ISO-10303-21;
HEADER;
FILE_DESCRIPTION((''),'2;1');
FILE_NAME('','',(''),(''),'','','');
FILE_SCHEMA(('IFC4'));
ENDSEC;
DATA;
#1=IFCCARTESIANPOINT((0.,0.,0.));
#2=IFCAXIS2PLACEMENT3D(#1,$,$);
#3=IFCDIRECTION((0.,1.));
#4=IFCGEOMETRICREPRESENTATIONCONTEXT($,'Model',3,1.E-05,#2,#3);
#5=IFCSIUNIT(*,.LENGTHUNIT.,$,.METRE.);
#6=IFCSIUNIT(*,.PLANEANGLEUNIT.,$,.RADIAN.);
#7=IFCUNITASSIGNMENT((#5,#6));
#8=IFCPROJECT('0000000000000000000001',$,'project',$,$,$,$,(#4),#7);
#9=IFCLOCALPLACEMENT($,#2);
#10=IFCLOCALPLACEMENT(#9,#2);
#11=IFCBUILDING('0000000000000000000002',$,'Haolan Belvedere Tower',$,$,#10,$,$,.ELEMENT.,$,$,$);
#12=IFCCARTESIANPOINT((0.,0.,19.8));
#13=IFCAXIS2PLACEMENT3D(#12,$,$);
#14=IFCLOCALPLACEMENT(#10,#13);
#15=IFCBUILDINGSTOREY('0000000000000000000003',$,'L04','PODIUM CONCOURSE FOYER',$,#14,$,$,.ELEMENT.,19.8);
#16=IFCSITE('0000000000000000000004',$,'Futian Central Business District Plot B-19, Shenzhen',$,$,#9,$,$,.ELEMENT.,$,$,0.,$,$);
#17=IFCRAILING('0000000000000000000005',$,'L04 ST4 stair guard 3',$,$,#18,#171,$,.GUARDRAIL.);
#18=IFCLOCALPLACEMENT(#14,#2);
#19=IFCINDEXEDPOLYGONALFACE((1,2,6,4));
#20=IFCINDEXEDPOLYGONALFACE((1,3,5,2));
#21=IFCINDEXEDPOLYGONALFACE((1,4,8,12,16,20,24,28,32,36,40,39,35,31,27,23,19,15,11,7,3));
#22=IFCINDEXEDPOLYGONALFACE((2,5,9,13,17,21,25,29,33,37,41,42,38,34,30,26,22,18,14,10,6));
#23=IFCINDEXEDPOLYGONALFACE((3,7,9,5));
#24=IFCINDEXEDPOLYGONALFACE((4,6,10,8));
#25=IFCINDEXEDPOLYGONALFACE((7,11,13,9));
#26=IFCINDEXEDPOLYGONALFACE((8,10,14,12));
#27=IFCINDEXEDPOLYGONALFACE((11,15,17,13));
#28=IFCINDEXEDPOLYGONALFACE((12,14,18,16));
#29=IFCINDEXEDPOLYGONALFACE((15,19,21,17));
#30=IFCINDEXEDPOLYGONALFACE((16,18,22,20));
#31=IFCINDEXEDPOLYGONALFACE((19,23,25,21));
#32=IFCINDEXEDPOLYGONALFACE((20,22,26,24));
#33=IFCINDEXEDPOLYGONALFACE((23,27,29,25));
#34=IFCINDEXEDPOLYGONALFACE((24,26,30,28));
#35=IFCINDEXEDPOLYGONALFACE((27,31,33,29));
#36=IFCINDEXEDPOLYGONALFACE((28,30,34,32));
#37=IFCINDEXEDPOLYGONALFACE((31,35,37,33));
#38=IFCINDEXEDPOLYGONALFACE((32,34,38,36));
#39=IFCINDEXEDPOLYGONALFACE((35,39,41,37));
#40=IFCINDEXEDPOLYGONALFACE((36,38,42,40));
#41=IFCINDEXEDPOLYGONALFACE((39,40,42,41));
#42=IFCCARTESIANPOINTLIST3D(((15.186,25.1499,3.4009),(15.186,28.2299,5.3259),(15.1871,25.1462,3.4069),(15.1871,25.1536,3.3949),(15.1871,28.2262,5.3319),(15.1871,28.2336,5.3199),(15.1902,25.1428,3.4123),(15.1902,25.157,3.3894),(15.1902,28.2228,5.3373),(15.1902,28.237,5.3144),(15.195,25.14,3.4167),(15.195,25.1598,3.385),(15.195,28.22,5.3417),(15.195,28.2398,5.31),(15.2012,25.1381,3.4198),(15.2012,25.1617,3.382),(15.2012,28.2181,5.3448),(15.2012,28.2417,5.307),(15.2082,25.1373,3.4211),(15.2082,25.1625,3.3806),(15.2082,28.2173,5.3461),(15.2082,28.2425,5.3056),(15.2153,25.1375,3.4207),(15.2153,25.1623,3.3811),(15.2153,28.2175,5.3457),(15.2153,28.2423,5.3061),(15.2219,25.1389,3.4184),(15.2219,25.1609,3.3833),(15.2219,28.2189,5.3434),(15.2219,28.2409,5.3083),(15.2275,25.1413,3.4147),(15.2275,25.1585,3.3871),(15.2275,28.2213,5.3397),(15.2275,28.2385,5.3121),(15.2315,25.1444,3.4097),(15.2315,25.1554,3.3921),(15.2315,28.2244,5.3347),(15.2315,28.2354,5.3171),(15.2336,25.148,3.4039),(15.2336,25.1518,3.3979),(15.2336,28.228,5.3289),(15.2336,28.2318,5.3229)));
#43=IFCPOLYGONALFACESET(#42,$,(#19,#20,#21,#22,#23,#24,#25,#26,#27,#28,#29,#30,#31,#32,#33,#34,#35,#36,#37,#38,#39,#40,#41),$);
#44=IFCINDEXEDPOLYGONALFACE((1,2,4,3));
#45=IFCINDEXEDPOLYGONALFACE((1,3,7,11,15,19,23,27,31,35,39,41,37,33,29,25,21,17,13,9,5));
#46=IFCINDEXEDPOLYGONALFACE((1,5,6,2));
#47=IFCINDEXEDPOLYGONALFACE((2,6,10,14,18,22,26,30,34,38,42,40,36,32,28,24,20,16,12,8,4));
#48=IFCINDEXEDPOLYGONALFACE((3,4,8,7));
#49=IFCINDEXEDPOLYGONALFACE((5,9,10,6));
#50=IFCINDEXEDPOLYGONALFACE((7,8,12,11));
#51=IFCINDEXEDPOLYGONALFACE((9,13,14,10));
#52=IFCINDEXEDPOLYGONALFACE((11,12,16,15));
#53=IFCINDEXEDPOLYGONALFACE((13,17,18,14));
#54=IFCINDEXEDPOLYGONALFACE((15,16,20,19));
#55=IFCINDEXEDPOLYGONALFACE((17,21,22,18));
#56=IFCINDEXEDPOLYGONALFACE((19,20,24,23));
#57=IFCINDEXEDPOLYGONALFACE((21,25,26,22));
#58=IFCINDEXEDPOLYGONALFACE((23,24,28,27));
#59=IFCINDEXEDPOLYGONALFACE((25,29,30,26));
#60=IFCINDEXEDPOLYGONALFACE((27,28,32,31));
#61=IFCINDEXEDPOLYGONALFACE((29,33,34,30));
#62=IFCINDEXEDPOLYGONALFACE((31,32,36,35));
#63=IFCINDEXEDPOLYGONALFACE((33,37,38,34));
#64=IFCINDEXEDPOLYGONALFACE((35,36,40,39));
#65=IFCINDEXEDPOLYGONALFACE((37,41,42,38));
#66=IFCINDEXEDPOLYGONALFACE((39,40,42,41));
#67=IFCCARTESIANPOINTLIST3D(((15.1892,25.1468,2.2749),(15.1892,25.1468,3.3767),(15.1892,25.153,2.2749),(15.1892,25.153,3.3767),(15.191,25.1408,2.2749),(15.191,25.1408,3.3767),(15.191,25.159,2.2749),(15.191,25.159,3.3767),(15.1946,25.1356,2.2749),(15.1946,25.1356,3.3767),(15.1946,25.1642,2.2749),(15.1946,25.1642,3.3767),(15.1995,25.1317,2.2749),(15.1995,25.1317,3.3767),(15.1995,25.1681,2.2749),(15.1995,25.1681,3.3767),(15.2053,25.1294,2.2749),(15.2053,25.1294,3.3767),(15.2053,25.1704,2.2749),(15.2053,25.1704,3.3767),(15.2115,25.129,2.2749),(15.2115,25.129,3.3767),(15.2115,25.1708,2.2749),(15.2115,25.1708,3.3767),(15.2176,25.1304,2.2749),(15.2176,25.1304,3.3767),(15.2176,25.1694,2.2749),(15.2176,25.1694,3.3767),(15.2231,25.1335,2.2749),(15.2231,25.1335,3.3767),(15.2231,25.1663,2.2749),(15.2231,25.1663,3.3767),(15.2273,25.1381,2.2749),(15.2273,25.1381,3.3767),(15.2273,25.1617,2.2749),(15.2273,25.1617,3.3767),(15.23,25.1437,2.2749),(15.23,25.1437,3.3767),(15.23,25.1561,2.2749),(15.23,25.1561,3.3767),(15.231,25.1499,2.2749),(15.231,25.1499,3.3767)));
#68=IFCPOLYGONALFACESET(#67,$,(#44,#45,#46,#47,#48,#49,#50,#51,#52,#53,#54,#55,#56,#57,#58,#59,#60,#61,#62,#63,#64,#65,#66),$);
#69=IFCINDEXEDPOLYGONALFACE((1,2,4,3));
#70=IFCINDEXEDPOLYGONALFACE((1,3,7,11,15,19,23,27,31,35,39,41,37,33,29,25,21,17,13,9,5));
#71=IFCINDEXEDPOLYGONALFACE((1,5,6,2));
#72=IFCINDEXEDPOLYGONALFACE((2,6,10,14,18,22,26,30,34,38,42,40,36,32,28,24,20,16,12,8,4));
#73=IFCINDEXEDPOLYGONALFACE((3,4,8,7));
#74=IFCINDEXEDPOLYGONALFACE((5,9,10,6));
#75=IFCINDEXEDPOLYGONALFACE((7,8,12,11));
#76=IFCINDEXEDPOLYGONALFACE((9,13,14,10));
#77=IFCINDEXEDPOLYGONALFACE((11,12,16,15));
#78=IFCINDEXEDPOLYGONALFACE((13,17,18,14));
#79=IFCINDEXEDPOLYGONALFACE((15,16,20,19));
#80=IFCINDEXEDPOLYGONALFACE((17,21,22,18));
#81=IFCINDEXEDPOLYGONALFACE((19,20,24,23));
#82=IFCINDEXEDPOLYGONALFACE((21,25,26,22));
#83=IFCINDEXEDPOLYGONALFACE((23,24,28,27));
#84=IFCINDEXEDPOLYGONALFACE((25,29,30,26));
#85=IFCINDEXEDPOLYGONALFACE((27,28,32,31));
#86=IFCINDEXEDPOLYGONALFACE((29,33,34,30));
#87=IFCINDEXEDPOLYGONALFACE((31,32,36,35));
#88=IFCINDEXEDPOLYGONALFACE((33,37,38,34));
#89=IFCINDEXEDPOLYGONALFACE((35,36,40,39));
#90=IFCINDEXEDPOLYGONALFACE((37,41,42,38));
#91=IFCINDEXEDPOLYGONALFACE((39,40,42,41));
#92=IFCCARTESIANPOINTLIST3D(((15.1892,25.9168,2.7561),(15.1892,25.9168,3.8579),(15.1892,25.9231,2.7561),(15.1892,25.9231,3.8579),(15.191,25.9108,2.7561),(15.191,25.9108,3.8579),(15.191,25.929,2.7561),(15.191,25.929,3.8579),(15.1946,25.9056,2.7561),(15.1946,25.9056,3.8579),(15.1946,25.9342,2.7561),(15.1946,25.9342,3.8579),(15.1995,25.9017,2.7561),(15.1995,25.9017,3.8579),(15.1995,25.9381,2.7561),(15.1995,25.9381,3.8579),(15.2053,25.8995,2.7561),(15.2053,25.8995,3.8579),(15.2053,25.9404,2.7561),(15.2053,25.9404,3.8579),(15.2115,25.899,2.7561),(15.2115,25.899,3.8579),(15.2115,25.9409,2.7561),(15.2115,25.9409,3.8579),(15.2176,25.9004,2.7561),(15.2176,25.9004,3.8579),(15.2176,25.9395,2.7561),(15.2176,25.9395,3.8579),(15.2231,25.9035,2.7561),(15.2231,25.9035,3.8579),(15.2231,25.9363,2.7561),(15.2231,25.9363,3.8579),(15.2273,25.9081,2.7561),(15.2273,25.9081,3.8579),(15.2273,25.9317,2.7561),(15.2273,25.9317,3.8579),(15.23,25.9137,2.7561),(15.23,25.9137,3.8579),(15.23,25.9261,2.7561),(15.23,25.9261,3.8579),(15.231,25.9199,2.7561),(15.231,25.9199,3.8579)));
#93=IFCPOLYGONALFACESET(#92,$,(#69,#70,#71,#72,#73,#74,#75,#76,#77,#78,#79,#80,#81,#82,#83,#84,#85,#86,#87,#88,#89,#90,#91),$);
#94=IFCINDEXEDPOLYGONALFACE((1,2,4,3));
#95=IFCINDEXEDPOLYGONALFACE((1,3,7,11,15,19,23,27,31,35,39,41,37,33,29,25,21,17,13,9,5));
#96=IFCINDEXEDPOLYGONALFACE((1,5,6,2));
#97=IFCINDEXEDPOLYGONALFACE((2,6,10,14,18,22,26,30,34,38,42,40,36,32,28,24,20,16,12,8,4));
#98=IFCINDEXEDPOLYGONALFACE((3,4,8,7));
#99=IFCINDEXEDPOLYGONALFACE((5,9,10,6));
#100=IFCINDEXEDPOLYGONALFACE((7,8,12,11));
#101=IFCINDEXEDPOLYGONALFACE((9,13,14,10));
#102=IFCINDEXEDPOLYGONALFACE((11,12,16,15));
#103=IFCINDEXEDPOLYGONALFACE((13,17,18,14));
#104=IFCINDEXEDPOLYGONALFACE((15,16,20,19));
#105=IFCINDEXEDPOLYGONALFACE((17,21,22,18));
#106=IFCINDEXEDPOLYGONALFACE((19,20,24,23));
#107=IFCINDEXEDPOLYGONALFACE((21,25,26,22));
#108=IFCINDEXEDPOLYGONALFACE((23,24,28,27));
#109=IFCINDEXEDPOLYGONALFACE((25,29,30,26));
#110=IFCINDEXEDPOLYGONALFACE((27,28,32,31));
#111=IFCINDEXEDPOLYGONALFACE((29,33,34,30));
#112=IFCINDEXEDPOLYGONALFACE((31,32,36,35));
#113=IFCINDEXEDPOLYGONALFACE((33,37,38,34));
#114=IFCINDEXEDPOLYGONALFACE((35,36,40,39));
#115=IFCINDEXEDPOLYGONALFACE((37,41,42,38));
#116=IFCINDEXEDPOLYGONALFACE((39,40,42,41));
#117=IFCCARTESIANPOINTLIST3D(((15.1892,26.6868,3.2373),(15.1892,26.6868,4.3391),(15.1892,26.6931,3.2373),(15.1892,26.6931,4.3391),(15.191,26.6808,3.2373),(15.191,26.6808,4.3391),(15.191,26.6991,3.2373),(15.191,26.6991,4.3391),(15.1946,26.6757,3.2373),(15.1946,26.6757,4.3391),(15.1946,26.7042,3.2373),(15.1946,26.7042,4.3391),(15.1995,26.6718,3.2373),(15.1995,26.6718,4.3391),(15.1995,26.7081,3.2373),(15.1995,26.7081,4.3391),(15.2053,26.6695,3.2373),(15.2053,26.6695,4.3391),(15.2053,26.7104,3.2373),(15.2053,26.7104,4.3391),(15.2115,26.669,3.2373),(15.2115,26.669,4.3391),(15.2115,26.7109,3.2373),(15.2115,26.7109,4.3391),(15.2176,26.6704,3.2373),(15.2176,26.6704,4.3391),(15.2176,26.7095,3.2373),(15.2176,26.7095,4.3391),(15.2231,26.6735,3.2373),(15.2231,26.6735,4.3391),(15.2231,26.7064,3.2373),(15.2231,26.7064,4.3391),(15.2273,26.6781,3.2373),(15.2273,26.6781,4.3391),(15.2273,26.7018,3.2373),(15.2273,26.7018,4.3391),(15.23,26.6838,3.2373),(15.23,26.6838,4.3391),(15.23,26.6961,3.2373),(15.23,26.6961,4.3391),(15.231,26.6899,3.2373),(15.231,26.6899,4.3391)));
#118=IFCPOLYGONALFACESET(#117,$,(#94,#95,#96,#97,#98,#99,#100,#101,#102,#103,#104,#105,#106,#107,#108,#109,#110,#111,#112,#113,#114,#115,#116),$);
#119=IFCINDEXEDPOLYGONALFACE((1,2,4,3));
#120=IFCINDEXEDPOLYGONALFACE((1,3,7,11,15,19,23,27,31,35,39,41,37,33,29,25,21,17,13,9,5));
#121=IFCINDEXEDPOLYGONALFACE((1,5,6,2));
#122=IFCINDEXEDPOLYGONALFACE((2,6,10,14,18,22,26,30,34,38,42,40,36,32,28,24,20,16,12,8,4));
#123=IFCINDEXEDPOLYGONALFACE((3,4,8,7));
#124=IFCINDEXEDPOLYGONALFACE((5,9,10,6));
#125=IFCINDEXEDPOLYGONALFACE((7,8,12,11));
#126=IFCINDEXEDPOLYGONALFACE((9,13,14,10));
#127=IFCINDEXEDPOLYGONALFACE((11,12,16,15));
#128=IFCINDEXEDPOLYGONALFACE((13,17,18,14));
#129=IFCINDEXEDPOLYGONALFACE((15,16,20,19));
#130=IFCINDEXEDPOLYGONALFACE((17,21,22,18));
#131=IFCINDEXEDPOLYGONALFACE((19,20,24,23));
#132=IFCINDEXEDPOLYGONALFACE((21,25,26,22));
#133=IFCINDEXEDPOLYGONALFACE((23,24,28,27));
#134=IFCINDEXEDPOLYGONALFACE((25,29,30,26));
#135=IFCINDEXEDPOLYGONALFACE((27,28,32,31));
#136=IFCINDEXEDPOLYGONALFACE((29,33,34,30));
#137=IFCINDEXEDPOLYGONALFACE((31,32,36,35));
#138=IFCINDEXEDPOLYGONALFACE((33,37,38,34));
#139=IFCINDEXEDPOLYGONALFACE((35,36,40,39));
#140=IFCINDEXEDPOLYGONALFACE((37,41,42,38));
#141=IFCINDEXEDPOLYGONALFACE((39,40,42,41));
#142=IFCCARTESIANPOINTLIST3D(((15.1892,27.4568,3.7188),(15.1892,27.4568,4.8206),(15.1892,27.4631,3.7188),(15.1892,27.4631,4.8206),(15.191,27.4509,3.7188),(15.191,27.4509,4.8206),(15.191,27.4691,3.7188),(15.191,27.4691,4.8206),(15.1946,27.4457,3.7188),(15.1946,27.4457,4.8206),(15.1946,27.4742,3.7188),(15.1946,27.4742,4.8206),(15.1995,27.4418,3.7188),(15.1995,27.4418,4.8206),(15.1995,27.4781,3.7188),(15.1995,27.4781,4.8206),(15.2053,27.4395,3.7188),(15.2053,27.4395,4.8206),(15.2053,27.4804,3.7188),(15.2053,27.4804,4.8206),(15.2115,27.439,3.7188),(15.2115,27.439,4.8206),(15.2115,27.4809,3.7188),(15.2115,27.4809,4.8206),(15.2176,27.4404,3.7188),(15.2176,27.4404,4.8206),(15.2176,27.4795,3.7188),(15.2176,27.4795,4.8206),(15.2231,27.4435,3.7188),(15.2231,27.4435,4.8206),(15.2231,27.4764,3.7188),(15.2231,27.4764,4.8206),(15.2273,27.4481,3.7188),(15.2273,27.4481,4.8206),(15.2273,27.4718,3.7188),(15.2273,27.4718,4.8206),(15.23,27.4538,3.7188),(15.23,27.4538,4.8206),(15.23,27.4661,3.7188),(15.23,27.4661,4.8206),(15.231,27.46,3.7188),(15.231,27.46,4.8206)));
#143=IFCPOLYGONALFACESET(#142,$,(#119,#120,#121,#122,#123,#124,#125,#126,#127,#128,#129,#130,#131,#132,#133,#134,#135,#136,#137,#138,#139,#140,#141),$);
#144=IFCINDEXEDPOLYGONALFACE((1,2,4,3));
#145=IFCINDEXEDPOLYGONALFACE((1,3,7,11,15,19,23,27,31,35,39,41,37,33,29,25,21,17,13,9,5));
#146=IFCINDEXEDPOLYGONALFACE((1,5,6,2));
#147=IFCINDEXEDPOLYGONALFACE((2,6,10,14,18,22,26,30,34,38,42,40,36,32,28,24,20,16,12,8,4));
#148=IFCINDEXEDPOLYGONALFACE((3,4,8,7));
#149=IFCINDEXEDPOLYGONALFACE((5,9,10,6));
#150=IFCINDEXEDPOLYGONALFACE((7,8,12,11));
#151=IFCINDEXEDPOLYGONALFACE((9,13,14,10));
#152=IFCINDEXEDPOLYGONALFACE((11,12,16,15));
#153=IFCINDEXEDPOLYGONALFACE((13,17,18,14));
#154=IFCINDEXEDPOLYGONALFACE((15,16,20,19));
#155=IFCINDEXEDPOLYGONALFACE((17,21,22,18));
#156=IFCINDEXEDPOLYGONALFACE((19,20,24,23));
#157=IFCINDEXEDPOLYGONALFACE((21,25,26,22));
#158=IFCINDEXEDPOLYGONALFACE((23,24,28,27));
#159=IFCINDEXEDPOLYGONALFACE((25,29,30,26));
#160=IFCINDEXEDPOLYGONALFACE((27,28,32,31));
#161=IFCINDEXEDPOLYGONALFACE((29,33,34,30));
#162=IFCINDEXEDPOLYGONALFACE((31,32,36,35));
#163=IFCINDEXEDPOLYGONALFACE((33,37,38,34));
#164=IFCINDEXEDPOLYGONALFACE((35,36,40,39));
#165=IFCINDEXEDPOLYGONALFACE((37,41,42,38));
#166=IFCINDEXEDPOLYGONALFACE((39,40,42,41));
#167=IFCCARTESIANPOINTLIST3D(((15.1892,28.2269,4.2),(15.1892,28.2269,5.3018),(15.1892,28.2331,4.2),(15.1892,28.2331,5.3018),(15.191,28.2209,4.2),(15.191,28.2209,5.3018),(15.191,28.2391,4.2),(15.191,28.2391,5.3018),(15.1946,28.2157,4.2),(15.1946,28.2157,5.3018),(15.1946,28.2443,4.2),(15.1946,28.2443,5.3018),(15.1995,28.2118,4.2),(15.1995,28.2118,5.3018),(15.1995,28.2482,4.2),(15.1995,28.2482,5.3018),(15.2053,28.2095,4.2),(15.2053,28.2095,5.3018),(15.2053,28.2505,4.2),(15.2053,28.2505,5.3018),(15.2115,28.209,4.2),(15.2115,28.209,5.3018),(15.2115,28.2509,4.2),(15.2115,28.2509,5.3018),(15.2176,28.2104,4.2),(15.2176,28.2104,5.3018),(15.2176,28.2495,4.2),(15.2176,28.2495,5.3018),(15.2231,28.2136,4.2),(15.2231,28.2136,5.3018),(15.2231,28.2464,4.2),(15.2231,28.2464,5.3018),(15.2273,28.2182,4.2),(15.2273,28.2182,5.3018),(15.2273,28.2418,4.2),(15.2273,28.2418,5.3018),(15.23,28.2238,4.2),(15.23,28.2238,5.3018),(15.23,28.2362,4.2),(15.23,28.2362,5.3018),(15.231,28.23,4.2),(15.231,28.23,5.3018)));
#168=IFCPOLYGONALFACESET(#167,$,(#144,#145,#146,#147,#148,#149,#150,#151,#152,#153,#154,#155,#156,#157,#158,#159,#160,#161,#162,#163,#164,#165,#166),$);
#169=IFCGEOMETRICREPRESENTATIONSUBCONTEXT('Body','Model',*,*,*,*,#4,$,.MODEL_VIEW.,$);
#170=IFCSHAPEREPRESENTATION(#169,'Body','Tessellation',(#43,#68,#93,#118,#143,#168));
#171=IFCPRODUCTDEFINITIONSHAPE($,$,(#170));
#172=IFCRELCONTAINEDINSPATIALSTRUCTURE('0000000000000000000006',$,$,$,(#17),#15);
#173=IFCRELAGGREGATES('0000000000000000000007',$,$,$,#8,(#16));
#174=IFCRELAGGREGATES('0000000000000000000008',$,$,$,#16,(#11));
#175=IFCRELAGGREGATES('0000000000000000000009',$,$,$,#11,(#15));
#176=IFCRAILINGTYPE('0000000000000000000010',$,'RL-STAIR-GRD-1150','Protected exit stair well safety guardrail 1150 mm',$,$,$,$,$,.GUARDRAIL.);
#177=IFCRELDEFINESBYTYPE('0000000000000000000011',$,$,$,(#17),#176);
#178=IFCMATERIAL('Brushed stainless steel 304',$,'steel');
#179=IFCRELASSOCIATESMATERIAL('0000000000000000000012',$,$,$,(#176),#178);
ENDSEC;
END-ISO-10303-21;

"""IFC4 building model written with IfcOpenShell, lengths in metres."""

from ifc_helpers import new_model, si_unit, direction, frame, origin, origin_2d, place, context, subcontext, project, spatial, circle, extrude, material, type_object, element, save


model = new_model("IFC4")

# Units and contexts
model_context = context("Model", 3, precision=1e-05, world=origin(), true_north=direction((0.0, 1.0)))
body_context = subcontext(model_context, "Body", "Model", "MODEL_VIEW")
ifc_project = project(units=[si_unit("LENGTHUNIT", "METRE"), si_unit("PLANEANGLEUNIT", "RADIAN")], contexts=[model_context])

# Site, building, storey
site_placement = place(None, origin())
site = spatial("IfcSite", under=ifc_project, at=site_placement, Name="Futian Central Business District Plot B-19, Shenzhen", CompositionType="ELEMENT", RefElevation=0.0)
building_placement = place(site_placement, origin())
building = spatial("IfcBuilding", under=site, at=building_placement, Name="Haolan Belvedere Tower", CompositionType="ELEMENT")
storey_placement = place(building_placement, frame((0.0, 0.0, 19.8)))
storey = spatial("IfcBuildingStorey", under=building, at=storey_placement, Name="L04", Description="PODIUM CONCOURSE FOYER", CompositionType="ELEMENT", Elevation=19.8)

# Railing
ifc_material_1 = material(Name="Brushed stainless steel 304", Category="steel")
railing_type_1 = type_object("IfcRailingType", Name="RL-STAIR-GRD-1150", Description="Protected exit stair well safety guardrail 1150 mm", PredefinedType="GUARDRAIL", material=ifc_material_1)
railing_1_placement = place(storey_placement, frame((15.21, 25.1499, 2.2749)))
element("IfcRailing", 1, at=railing_1_placement, inside=storey, type_object=railing_type_1, Name="L04 ST4 stair guard 3", PredefinedType="GUARDRAIL", context=body_context, shape_type="SweptSolid", body=[
    extrude(circle(Radius=0.0239, at=origin_2d()), frame((0.0, 0.0, 1.126), z_axis=(0.0, 0.847998, 0.529999), x_axis=(-1.0, 0.0, 0.0)), (0.0, 0.0, 1.0), 3.6321),
    extrude(circle(Radius=0.021, at=origin_2d()), origin(), (0.0, 0.0, 1.0), 1.1018),
    extrude(circle(Radius=0.021, at=origin_2d()), frame((0.0, 0.77, 0.4812)), (0.0, 0.0, 1.0), 1.1018),
    extrude(circle(Radius=0.021, at=origin_2d()), frame((0.0, 1.54, 0.9624)), (0.0, 0.0, 1.0), 1.1018),
    extrude(circle(Radius=0.021, at=origin_2d()), frame((0.0, 2.3101, 1.4438)), (0.0, 0.0, 1.0), 1.1018),
    extrude(circle(Radius=0.021, at=origin_2d()), frame((0.0, 3.0801, 1.925)), (0.0, 0.0, 1.0), 1.1018),
])

save(model, "model.ifc")
